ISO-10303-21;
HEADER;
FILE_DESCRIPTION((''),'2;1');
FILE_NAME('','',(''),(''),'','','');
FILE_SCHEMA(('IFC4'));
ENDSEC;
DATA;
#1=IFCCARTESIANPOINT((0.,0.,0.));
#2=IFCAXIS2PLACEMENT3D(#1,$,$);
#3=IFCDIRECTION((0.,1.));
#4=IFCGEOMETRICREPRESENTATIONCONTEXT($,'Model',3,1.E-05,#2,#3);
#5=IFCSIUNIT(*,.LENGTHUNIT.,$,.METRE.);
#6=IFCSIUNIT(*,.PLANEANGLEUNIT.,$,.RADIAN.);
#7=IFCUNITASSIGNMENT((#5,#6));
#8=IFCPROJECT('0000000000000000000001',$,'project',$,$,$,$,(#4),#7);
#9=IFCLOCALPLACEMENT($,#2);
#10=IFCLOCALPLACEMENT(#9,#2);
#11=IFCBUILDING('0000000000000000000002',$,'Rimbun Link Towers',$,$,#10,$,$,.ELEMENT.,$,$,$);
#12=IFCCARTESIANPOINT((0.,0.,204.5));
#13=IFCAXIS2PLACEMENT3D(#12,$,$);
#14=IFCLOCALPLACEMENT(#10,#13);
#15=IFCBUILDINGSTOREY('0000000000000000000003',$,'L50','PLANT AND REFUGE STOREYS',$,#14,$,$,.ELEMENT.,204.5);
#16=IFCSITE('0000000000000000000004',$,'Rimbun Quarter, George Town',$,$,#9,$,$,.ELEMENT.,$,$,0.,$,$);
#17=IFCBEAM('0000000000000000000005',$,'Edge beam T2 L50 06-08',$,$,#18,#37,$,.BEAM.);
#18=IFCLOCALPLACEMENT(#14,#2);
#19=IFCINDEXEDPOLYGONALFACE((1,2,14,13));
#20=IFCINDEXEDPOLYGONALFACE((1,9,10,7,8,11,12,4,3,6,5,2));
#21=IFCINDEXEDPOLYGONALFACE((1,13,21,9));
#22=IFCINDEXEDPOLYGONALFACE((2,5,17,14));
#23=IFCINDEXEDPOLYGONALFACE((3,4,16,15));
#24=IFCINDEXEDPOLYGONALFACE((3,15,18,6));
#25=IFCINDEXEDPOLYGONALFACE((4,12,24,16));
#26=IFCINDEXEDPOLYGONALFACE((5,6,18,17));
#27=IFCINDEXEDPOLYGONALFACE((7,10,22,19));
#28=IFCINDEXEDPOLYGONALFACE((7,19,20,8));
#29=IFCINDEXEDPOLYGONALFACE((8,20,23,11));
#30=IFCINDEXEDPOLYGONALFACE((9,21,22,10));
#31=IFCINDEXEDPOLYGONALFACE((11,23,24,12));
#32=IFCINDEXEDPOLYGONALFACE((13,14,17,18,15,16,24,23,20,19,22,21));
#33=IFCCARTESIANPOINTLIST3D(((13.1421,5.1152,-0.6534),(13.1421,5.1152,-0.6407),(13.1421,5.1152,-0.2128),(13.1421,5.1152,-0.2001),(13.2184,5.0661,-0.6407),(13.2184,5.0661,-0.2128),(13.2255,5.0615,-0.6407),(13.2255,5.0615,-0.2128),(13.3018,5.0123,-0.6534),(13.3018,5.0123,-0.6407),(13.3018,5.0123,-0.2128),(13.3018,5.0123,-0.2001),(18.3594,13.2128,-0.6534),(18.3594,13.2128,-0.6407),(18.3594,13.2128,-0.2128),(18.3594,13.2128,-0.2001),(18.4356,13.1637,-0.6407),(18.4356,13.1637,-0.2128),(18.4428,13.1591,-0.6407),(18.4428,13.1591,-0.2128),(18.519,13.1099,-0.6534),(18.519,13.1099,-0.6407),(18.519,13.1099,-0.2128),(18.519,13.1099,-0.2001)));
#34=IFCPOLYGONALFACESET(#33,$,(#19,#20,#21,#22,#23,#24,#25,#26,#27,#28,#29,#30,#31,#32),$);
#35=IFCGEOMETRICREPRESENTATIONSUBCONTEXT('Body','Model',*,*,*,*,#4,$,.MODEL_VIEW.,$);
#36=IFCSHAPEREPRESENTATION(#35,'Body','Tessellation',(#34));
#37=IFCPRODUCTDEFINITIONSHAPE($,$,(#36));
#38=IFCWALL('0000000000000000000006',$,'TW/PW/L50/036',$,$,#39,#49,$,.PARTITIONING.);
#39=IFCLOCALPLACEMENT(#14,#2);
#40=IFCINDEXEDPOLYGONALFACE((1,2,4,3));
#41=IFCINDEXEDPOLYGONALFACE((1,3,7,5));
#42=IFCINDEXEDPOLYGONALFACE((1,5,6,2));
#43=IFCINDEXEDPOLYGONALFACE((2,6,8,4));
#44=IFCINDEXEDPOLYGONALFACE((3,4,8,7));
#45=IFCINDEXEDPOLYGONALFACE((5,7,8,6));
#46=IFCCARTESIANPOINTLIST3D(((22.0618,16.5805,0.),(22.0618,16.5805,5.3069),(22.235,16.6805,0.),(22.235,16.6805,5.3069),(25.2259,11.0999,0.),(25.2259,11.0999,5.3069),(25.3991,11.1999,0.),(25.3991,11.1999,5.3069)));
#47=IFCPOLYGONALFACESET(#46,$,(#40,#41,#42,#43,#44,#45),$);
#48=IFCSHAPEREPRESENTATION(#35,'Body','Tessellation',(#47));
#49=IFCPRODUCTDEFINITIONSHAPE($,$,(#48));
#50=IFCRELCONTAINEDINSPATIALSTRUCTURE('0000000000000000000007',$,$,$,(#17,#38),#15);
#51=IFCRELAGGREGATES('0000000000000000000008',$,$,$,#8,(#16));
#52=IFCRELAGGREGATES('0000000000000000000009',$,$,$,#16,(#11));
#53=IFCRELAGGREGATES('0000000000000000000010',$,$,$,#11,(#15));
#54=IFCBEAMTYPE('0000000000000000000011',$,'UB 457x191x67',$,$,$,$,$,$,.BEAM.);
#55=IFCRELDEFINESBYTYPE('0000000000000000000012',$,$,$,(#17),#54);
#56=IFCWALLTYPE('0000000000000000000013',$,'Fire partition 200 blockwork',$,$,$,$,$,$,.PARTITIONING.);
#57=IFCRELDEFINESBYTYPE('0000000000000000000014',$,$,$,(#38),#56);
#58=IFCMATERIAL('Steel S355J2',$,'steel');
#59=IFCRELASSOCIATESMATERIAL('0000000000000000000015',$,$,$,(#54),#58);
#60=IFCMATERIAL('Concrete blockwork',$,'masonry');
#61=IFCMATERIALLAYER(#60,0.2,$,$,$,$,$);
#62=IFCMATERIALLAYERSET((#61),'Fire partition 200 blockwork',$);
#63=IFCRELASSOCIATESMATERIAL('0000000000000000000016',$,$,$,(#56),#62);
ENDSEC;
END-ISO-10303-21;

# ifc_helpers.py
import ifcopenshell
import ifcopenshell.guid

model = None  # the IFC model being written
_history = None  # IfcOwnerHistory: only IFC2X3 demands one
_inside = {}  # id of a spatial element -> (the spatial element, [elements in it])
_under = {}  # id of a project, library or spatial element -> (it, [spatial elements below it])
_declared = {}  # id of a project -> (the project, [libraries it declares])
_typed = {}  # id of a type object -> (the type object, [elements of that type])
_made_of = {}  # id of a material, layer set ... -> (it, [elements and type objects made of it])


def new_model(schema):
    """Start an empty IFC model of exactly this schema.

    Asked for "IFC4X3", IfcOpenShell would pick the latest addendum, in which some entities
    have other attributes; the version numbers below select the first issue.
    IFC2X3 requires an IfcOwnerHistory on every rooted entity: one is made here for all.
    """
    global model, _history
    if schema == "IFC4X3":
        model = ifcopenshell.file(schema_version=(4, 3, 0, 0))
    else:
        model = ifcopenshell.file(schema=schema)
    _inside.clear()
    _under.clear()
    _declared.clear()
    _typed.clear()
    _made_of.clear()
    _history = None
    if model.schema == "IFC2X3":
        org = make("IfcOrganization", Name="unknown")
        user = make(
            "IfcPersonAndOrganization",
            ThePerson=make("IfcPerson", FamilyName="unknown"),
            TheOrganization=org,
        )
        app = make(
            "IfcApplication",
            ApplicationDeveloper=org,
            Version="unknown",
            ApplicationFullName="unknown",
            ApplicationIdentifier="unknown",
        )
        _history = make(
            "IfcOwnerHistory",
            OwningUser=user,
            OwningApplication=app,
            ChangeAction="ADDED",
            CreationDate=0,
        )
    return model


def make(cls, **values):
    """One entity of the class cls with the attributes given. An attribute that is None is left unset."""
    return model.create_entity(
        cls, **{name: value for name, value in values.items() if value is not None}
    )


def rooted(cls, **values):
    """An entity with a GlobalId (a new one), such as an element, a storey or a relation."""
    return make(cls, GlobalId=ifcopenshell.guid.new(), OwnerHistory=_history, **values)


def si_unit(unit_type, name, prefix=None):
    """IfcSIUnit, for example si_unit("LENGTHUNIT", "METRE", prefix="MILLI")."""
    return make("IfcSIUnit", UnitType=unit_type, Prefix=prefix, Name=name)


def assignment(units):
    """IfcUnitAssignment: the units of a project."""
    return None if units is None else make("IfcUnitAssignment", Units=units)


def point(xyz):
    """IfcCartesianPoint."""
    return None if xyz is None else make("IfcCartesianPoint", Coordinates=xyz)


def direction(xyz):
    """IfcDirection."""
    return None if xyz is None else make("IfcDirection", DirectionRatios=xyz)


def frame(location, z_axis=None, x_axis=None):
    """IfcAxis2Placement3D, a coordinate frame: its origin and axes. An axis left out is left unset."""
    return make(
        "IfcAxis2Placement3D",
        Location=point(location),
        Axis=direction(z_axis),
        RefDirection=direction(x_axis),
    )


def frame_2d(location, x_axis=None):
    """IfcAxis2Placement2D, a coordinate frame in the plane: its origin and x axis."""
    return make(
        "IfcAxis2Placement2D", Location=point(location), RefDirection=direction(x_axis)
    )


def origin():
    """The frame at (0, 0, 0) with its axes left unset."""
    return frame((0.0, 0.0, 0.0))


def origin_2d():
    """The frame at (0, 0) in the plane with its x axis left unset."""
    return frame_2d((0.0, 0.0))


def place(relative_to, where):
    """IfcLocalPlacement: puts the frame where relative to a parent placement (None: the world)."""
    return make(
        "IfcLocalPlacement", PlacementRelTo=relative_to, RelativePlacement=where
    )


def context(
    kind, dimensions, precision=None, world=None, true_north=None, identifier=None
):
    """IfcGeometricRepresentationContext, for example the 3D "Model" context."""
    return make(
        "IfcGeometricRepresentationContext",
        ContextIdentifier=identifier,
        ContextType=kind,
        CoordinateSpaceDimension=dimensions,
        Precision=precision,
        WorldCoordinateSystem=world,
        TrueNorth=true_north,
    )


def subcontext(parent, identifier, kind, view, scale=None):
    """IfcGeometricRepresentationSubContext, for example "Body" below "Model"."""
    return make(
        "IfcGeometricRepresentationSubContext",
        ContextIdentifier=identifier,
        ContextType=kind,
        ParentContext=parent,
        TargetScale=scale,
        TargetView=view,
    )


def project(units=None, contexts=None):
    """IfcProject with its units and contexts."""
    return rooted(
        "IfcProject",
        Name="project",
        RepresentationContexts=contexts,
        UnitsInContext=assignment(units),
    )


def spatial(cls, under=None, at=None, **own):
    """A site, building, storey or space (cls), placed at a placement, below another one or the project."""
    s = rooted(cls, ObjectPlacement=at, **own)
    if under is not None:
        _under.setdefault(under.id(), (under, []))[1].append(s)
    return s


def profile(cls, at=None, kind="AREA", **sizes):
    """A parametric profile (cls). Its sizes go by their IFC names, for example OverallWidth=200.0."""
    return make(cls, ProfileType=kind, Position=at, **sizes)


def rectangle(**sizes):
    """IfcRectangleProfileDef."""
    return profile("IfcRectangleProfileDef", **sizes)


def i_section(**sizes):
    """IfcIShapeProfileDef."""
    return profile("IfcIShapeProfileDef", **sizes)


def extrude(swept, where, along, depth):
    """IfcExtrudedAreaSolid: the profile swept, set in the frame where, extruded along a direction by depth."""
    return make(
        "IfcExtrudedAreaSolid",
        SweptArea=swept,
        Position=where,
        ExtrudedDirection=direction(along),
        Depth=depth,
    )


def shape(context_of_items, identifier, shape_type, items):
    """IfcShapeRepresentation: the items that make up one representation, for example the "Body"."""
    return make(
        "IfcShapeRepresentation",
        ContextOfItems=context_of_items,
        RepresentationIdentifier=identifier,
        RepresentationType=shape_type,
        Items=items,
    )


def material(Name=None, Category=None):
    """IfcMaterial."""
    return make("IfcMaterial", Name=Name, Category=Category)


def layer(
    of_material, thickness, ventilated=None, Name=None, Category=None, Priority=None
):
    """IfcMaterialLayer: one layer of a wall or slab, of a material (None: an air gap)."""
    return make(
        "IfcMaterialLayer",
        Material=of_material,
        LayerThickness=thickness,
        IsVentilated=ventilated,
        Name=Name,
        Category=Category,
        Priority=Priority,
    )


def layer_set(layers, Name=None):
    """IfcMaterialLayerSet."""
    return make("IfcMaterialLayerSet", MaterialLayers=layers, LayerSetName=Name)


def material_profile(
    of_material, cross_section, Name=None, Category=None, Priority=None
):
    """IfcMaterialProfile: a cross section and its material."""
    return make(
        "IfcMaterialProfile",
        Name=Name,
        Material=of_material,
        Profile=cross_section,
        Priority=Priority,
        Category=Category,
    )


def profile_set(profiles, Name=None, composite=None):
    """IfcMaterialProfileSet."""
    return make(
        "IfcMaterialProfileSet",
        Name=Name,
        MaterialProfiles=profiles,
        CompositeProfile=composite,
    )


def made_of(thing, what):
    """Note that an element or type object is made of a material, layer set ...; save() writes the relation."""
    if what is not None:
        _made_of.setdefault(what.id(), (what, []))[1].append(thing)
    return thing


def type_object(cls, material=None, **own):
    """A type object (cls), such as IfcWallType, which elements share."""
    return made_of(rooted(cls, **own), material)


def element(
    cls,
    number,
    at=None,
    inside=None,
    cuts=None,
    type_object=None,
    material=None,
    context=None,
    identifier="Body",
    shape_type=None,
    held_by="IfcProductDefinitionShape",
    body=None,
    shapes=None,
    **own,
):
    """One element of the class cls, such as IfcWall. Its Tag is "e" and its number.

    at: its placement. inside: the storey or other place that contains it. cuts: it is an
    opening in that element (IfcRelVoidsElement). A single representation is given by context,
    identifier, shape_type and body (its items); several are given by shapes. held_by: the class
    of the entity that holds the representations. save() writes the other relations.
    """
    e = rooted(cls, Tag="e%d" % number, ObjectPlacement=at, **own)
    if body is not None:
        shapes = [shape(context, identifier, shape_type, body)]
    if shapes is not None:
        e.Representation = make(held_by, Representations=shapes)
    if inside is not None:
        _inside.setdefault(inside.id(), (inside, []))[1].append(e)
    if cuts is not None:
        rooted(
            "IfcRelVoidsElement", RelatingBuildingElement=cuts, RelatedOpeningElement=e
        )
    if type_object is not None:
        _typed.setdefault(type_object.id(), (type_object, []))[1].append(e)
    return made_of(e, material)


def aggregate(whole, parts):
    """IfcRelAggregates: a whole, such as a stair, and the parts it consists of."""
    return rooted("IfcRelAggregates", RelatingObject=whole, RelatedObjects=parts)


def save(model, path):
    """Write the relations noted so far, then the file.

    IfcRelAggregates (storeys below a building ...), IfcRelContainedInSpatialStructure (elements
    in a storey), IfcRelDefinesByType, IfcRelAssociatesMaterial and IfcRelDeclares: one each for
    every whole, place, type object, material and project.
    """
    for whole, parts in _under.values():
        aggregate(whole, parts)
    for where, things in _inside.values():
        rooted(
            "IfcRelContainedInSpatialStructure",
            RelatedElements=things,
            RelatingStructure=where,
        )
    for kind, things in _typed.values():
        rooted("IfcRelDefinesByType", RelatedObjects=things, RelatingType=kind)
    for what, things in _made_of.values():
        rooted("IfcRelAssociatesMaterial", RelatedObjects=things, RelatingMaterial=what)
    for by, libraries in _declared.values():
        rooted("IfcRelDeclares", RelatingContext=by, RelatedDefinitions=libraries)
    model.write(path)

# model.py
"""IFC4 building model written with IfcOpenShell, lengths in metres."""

from ifc_helpers import new_model, si_unit, direction, frame, frame_2d, origin, origin_2d, place, context, subcontext, project, spatial, rectangle, i_section, extrude, material, layer, layer_set, material_profile, profile_set, type_object, element, save


model = new_model("IFC4")

# Units and contexts
model_context = context("Model", 3, precision=1e-05, world=origin(), true_north=direction((0.0, 1.0)))
body_context = subcontext(model_context, "Body", "Model", "MODEL_VIEW")
ifc_project = project(units=[si_unit("LENGTHUNIT", "METRE"), si_unit("PLANEANGLEUNIT", "RADIAN")], contexts=[model_context])

# Site, building, storey
site_placement = place(None, origin())
site = spatial("IfcSite", under=ifc_project, at=site_placement, Name="Rimbun Quarter, George Town", CompositionType="ELEMENT", RefElevation=0.0)
building_placement = place(site_placement, origin())
building = spatial("IfcBuilding", under=site, at=building_placement, Name="Rimbun Link Towers", CompositionType="ELEMENT")
storey_placement = place(building_placement, frame((0.0, 0.0, 204.5)))
storey = spatial("IfcBuildingStorey", under=building, at=storey_placement, Name="L50", Description="PLANT AND REFUGE STOREYS", CompositionType="ELEMENT", Elevation=204.5)

# Beam
ifc_material_1 = material(Name="Steel S355J2", Category="steel")
ifc_material_profile_1 = material_profile(ifc_material_1, i_section(OverallWidth=0.1899, OverallDepth=0.4534, WebThickness=0.0085, FlangeThickness=0.0127, at=origin_2d()), Name="UB 457x191x67")
ifc_profile_set_1 = profile_set([ifc_material_profile_1], Name="Steel S355J2")
beam_type_1 = type_object("IfcBeamType", Name="UB 457x191x67", PredefinedType="BEAM", material=ifc_profile_set_1)
beam_1_placement = place(storey_placement, frame((18.4392, 13.1614, -0.4268), z_axis=(-0.541613, -0.840628, 0.0), x_axis=(0.840628, -0.541613, 0.0)))
element("IfcBeam", 1, at=beam_1_placement, inside=storey, type_object=beam_type_1, Name="Edge beam T2 L50 06-08", PredefinedType="BEAM", context=body_context, shape_type="SweptSolid", body=[
    extrude(i_section(OverallWidth=0.1899, OverallDepth=0.4534, WebThickness=0.0085, FlangeThickness=0.0127, at=origin_2d()), origin(), (0.0, 0.0, 1.0), 9.6328),
])

# Wall
ifc_material_2 = material(Name="Concrete blockwork", Category="masonry")
ifc_layer = layer(ifc_material_2, 0.2)
ifc_layer_set = layer_set([ifc_layer], Name="Fire partition 200 blockwork")
wall_type = type_object("IfcWallType", Name="Fire partition 200 blockwork", PredefinedType="PARTITIONING", material=ifc_layer_set)
wall_placement = place(storey_placement, frame((22.1484, 16.6304, 0.0), z_axis=(0.0, 0.0, 1.0), x_axis=(0.49999, -0.866031, 0.0)))
element("IfcWall", 2, at=wall_placement, inside=storey, type_object=wall_type, Name="TW/PW/L50/036", PredefinedType="PARTITIONING", context=body_context, shape_type="SweptSolid", body=[
    extrude(rectangle(XDim=6.3284, YDim=0.2, at=frame_2d((3.1641, 0.0))), origin(), (0.0, 0.0, 1.0), 5.3069),
])

save(model, "model.ifc")
